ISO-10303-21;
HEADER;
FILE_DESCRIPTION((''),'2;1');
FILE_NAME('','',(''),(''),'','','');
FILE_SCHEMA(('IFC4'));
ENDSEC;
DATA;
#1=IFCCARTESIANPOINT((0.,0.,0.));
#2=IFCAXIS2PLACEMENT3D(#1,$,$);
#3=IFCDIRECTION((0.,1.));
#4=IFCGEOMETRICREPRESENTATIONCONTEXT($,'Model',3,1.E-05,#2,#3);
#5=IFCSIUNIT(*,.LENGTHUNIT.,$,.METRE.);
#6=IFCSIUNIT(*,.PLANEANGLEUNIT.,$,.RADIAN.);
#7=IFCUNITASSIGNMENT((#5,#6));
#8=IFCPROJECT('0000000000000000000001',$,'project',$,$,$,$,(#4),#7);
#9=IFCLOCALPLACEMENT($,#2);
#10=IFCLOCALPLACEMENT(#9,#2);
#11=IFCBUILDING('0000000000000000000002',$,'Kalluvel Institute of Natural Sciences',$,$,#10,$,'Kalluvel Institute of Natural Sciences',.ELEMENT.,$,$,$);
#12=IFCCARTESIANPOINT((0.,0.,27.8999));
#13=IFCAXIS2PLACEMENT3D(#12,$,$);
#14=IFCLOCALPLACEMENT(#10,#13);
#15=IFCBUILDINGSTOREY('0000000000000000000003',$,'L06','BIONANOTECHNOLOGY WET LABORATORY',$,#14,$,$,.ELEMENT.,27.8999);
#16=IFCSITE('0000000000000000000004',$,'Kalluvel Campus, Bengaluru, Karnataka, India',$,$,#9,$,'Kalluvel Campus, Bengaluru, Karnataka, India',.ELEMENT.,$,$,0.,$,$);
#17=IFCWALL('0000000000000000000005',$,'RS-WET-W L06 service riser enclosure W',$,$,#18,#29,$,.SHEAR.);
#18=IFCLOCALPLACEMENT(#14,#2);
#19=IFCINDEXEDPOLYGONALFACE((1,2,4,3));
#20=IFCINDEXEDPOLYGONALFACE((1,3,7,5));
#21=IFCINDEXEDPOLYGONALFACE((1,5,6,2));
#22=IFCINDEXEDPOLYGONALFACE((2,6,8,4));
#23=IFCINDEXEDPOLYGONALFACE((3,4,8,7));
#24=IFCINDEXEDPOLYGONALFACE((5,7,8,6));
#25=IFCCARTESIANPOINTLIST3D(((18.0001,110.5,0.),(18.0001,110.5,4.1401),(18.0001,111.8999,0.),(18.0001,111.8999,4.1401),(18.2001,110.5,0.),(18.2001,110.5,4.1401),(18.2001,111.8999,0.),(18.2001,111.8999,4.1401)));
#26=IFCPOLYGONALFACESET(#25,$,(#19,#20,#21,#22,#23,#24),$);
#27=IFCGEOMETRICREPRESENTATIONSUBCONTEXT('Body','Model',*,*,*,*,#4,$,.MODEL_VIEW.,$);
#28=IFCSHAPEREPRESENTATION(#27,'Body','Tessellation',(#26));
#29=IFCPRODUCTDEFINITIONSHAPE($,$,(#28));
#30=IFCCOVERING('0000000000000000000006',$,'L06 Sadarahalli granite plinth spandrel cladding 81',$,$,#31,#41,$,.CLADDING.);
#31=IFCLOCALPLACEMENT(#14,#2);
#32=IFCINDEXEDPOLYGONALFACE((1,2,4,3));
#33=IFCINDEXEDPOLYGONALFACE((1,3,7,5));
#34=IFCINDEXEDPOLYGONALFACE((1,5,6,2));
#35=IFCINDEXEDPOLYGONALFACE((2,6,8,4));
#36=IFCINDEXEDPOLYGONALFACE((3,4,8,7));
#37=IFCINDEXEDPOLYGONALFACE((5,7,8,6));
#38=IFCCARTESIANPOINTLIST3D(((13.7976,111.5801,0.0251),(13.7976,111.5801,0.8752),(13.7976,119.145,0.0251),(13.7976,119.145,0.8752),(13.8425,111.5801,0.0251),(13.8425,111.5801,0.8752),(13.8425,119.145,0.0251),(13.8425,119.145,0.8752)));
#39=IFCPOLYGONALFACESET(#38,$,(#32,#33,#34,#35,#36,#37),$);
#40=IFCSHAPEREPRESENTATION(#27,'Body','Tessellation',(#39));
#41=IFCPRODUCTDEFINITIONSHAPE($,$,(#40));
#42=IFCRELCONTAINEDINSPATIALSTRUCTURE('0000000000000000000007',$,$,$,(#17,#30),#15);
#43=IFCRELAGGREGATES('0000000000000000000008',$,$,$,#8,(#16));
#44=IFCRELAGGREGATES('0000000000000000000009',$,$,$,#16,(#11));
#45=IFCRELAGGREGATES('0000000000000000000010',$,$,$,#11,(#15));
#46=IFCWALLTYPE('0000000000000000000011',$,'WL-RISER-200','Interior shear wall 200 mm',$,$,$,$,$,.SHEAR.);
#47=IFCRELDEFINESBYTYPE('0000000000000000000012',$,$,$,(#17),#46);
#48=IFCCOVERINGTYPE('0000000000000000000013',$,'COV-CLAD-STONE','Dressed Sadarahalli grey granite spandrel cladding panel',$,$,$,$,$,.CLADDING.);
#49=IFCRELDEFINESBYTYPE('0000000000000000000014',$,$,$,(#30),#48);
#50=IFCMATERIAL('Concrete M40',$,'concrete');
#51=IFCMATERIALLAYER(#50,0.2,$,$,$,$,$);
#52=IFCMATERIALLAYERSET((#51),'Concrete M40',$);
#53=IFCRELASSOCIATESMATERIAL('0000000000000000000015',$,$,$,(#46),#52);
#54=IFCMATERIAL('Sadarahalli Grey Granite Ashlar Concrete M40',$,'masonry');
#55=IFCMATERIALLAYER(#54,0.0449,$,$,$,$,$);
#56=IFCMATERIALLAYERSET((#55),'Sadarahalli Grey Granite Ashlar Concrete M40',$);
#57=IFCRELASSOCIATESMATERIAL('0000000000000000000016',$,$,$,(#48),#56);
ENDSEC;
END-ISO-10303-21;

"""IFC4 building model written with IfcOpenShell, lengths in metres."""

from ifc_helpers import new_model, si_unit, direction, frame, frame_2d, origin, origin_2d, place, context, subcontext, project, spatial, rectangle, extrude, material, layer, layer_set, type_object, element, save


model = new_model("IFC4")

# Units and contexts
model_context = context("Model", 3, precision=1e-05, world=origin(), true_north=direction((0.0, 1.0)))
body_context = subcontext(model_context, "Body", "Model", "MODEL_VIEW")
ifc_project = project(units=[si_unit("LENGTHUNIT", "METRE"), si_unit("PLANEANGLEUNIT", "RADIAN")], contexts=[model_context])

# Site, building, storey
site_placement = place(None, origin())
site = spatial("IfcSite", under=ifc_project, at=site_placement, Name="Kalluvel Campus, Bengaluru, Karnataka, India", LongName="Kalluvel Campus, Bengaluru, Karnataka, India", CompositionType="ELEMENT", RefElevation=0.0)
building_placement = place(site_placement, origin())
building = spatial("IfcBuilding", under=site, at=building_placement, Name="Kalluvel Institute of Natural Sciences", LongName="Kalluvel Institute of Natural Sciences", CompositionType="ELEMENT")
storey_placement = place(building_placement, frame((0.0, 0.0, 27.8999)))
storey = spatial("IfcBuildingStorey", under=building, at=storey_placement, Name="L06", Description="BIONANOTECHNOLOGY WET LABORATORY", CompositionType="ELEMENT", Elevation=27.8999)

# Shared definitions
ifc_material_1 = material(Name="Concrete M40", Category="concrete")

# Shared definitions
ifc_material_2 = material(Name="Sadarahalli Grey Granite Ashlar Concrete M40", Category="masonry")

# Wall
ifc_layer_1 = layer(ifc_material_1, 0.2)
ifc_layer_set_1 = layer_set([ifc_layer_1], Name="Concrete M40")
wall_type_1 = type_object("IfcWallType", Name="WL-RISER-200", Description="Interior shear wall 200 mm", PredefinedType="SHEAR", material=ifc_layer_set_1)
wall_1_placement = place(storey_placement, frame((18.1001, 111.8999, 0.0), z_axis=(0.0, 0.0, 1.0), x_axis=(0.0, -1.0, 0.0)))
element("IfcWall", 1, at=wall_1_placement, inside=storey, type_object=wall_type_1, Name="RS-WET-W L06 service riser enclosure W", PredefinedType="SHEAR", context=body_context, shape_type="SweptSolid", body=[
    extrude(rectangle(XDim=1.3999, YDim=0.2, at=frame_2d((0.7, 0.0))), origin(), (0.0, 0.0, 1.0), 4.1401),
])

# Covering
ifc_layer_2 = layer(ifc_material_2, 0.0449)
ifc_layer_set_2 = layer_set([ifc_layer_2], Name="Sadarahalli Grey Granite Ashlar Concrete M40")
covering_type = type_object("IfcCoveringType", Name="COV-CLAD-STONE", Description="Dressed Sadarahalli grey granite spandrel cladding panel", PredefinedType="CLADDING", material=ifc_layer_set_2)
covering_placement = place(storey_placement, frame((13.8201, 115.3625, 0.0251), z_axis=(0.0, 0.0, 1.0), x_axis=(0.0, 1.0, 0.0)))
element("IfcCovering", 2, at=covering_placement, inside=storey, type_object=covering_type, Name="L06 Sadarahalli granite plinth spandrel cladding 81", PredefinedType="CLADDING", context=body_context, shape_type="SweptSolid", body=[
    extrude(rectangle(XDim=7.5649, YDim=0.0449, at=origin_2d()), origin(), (0.0, 0.0, 1.0), 0.8501),
])

save(model, "model.ifc")
